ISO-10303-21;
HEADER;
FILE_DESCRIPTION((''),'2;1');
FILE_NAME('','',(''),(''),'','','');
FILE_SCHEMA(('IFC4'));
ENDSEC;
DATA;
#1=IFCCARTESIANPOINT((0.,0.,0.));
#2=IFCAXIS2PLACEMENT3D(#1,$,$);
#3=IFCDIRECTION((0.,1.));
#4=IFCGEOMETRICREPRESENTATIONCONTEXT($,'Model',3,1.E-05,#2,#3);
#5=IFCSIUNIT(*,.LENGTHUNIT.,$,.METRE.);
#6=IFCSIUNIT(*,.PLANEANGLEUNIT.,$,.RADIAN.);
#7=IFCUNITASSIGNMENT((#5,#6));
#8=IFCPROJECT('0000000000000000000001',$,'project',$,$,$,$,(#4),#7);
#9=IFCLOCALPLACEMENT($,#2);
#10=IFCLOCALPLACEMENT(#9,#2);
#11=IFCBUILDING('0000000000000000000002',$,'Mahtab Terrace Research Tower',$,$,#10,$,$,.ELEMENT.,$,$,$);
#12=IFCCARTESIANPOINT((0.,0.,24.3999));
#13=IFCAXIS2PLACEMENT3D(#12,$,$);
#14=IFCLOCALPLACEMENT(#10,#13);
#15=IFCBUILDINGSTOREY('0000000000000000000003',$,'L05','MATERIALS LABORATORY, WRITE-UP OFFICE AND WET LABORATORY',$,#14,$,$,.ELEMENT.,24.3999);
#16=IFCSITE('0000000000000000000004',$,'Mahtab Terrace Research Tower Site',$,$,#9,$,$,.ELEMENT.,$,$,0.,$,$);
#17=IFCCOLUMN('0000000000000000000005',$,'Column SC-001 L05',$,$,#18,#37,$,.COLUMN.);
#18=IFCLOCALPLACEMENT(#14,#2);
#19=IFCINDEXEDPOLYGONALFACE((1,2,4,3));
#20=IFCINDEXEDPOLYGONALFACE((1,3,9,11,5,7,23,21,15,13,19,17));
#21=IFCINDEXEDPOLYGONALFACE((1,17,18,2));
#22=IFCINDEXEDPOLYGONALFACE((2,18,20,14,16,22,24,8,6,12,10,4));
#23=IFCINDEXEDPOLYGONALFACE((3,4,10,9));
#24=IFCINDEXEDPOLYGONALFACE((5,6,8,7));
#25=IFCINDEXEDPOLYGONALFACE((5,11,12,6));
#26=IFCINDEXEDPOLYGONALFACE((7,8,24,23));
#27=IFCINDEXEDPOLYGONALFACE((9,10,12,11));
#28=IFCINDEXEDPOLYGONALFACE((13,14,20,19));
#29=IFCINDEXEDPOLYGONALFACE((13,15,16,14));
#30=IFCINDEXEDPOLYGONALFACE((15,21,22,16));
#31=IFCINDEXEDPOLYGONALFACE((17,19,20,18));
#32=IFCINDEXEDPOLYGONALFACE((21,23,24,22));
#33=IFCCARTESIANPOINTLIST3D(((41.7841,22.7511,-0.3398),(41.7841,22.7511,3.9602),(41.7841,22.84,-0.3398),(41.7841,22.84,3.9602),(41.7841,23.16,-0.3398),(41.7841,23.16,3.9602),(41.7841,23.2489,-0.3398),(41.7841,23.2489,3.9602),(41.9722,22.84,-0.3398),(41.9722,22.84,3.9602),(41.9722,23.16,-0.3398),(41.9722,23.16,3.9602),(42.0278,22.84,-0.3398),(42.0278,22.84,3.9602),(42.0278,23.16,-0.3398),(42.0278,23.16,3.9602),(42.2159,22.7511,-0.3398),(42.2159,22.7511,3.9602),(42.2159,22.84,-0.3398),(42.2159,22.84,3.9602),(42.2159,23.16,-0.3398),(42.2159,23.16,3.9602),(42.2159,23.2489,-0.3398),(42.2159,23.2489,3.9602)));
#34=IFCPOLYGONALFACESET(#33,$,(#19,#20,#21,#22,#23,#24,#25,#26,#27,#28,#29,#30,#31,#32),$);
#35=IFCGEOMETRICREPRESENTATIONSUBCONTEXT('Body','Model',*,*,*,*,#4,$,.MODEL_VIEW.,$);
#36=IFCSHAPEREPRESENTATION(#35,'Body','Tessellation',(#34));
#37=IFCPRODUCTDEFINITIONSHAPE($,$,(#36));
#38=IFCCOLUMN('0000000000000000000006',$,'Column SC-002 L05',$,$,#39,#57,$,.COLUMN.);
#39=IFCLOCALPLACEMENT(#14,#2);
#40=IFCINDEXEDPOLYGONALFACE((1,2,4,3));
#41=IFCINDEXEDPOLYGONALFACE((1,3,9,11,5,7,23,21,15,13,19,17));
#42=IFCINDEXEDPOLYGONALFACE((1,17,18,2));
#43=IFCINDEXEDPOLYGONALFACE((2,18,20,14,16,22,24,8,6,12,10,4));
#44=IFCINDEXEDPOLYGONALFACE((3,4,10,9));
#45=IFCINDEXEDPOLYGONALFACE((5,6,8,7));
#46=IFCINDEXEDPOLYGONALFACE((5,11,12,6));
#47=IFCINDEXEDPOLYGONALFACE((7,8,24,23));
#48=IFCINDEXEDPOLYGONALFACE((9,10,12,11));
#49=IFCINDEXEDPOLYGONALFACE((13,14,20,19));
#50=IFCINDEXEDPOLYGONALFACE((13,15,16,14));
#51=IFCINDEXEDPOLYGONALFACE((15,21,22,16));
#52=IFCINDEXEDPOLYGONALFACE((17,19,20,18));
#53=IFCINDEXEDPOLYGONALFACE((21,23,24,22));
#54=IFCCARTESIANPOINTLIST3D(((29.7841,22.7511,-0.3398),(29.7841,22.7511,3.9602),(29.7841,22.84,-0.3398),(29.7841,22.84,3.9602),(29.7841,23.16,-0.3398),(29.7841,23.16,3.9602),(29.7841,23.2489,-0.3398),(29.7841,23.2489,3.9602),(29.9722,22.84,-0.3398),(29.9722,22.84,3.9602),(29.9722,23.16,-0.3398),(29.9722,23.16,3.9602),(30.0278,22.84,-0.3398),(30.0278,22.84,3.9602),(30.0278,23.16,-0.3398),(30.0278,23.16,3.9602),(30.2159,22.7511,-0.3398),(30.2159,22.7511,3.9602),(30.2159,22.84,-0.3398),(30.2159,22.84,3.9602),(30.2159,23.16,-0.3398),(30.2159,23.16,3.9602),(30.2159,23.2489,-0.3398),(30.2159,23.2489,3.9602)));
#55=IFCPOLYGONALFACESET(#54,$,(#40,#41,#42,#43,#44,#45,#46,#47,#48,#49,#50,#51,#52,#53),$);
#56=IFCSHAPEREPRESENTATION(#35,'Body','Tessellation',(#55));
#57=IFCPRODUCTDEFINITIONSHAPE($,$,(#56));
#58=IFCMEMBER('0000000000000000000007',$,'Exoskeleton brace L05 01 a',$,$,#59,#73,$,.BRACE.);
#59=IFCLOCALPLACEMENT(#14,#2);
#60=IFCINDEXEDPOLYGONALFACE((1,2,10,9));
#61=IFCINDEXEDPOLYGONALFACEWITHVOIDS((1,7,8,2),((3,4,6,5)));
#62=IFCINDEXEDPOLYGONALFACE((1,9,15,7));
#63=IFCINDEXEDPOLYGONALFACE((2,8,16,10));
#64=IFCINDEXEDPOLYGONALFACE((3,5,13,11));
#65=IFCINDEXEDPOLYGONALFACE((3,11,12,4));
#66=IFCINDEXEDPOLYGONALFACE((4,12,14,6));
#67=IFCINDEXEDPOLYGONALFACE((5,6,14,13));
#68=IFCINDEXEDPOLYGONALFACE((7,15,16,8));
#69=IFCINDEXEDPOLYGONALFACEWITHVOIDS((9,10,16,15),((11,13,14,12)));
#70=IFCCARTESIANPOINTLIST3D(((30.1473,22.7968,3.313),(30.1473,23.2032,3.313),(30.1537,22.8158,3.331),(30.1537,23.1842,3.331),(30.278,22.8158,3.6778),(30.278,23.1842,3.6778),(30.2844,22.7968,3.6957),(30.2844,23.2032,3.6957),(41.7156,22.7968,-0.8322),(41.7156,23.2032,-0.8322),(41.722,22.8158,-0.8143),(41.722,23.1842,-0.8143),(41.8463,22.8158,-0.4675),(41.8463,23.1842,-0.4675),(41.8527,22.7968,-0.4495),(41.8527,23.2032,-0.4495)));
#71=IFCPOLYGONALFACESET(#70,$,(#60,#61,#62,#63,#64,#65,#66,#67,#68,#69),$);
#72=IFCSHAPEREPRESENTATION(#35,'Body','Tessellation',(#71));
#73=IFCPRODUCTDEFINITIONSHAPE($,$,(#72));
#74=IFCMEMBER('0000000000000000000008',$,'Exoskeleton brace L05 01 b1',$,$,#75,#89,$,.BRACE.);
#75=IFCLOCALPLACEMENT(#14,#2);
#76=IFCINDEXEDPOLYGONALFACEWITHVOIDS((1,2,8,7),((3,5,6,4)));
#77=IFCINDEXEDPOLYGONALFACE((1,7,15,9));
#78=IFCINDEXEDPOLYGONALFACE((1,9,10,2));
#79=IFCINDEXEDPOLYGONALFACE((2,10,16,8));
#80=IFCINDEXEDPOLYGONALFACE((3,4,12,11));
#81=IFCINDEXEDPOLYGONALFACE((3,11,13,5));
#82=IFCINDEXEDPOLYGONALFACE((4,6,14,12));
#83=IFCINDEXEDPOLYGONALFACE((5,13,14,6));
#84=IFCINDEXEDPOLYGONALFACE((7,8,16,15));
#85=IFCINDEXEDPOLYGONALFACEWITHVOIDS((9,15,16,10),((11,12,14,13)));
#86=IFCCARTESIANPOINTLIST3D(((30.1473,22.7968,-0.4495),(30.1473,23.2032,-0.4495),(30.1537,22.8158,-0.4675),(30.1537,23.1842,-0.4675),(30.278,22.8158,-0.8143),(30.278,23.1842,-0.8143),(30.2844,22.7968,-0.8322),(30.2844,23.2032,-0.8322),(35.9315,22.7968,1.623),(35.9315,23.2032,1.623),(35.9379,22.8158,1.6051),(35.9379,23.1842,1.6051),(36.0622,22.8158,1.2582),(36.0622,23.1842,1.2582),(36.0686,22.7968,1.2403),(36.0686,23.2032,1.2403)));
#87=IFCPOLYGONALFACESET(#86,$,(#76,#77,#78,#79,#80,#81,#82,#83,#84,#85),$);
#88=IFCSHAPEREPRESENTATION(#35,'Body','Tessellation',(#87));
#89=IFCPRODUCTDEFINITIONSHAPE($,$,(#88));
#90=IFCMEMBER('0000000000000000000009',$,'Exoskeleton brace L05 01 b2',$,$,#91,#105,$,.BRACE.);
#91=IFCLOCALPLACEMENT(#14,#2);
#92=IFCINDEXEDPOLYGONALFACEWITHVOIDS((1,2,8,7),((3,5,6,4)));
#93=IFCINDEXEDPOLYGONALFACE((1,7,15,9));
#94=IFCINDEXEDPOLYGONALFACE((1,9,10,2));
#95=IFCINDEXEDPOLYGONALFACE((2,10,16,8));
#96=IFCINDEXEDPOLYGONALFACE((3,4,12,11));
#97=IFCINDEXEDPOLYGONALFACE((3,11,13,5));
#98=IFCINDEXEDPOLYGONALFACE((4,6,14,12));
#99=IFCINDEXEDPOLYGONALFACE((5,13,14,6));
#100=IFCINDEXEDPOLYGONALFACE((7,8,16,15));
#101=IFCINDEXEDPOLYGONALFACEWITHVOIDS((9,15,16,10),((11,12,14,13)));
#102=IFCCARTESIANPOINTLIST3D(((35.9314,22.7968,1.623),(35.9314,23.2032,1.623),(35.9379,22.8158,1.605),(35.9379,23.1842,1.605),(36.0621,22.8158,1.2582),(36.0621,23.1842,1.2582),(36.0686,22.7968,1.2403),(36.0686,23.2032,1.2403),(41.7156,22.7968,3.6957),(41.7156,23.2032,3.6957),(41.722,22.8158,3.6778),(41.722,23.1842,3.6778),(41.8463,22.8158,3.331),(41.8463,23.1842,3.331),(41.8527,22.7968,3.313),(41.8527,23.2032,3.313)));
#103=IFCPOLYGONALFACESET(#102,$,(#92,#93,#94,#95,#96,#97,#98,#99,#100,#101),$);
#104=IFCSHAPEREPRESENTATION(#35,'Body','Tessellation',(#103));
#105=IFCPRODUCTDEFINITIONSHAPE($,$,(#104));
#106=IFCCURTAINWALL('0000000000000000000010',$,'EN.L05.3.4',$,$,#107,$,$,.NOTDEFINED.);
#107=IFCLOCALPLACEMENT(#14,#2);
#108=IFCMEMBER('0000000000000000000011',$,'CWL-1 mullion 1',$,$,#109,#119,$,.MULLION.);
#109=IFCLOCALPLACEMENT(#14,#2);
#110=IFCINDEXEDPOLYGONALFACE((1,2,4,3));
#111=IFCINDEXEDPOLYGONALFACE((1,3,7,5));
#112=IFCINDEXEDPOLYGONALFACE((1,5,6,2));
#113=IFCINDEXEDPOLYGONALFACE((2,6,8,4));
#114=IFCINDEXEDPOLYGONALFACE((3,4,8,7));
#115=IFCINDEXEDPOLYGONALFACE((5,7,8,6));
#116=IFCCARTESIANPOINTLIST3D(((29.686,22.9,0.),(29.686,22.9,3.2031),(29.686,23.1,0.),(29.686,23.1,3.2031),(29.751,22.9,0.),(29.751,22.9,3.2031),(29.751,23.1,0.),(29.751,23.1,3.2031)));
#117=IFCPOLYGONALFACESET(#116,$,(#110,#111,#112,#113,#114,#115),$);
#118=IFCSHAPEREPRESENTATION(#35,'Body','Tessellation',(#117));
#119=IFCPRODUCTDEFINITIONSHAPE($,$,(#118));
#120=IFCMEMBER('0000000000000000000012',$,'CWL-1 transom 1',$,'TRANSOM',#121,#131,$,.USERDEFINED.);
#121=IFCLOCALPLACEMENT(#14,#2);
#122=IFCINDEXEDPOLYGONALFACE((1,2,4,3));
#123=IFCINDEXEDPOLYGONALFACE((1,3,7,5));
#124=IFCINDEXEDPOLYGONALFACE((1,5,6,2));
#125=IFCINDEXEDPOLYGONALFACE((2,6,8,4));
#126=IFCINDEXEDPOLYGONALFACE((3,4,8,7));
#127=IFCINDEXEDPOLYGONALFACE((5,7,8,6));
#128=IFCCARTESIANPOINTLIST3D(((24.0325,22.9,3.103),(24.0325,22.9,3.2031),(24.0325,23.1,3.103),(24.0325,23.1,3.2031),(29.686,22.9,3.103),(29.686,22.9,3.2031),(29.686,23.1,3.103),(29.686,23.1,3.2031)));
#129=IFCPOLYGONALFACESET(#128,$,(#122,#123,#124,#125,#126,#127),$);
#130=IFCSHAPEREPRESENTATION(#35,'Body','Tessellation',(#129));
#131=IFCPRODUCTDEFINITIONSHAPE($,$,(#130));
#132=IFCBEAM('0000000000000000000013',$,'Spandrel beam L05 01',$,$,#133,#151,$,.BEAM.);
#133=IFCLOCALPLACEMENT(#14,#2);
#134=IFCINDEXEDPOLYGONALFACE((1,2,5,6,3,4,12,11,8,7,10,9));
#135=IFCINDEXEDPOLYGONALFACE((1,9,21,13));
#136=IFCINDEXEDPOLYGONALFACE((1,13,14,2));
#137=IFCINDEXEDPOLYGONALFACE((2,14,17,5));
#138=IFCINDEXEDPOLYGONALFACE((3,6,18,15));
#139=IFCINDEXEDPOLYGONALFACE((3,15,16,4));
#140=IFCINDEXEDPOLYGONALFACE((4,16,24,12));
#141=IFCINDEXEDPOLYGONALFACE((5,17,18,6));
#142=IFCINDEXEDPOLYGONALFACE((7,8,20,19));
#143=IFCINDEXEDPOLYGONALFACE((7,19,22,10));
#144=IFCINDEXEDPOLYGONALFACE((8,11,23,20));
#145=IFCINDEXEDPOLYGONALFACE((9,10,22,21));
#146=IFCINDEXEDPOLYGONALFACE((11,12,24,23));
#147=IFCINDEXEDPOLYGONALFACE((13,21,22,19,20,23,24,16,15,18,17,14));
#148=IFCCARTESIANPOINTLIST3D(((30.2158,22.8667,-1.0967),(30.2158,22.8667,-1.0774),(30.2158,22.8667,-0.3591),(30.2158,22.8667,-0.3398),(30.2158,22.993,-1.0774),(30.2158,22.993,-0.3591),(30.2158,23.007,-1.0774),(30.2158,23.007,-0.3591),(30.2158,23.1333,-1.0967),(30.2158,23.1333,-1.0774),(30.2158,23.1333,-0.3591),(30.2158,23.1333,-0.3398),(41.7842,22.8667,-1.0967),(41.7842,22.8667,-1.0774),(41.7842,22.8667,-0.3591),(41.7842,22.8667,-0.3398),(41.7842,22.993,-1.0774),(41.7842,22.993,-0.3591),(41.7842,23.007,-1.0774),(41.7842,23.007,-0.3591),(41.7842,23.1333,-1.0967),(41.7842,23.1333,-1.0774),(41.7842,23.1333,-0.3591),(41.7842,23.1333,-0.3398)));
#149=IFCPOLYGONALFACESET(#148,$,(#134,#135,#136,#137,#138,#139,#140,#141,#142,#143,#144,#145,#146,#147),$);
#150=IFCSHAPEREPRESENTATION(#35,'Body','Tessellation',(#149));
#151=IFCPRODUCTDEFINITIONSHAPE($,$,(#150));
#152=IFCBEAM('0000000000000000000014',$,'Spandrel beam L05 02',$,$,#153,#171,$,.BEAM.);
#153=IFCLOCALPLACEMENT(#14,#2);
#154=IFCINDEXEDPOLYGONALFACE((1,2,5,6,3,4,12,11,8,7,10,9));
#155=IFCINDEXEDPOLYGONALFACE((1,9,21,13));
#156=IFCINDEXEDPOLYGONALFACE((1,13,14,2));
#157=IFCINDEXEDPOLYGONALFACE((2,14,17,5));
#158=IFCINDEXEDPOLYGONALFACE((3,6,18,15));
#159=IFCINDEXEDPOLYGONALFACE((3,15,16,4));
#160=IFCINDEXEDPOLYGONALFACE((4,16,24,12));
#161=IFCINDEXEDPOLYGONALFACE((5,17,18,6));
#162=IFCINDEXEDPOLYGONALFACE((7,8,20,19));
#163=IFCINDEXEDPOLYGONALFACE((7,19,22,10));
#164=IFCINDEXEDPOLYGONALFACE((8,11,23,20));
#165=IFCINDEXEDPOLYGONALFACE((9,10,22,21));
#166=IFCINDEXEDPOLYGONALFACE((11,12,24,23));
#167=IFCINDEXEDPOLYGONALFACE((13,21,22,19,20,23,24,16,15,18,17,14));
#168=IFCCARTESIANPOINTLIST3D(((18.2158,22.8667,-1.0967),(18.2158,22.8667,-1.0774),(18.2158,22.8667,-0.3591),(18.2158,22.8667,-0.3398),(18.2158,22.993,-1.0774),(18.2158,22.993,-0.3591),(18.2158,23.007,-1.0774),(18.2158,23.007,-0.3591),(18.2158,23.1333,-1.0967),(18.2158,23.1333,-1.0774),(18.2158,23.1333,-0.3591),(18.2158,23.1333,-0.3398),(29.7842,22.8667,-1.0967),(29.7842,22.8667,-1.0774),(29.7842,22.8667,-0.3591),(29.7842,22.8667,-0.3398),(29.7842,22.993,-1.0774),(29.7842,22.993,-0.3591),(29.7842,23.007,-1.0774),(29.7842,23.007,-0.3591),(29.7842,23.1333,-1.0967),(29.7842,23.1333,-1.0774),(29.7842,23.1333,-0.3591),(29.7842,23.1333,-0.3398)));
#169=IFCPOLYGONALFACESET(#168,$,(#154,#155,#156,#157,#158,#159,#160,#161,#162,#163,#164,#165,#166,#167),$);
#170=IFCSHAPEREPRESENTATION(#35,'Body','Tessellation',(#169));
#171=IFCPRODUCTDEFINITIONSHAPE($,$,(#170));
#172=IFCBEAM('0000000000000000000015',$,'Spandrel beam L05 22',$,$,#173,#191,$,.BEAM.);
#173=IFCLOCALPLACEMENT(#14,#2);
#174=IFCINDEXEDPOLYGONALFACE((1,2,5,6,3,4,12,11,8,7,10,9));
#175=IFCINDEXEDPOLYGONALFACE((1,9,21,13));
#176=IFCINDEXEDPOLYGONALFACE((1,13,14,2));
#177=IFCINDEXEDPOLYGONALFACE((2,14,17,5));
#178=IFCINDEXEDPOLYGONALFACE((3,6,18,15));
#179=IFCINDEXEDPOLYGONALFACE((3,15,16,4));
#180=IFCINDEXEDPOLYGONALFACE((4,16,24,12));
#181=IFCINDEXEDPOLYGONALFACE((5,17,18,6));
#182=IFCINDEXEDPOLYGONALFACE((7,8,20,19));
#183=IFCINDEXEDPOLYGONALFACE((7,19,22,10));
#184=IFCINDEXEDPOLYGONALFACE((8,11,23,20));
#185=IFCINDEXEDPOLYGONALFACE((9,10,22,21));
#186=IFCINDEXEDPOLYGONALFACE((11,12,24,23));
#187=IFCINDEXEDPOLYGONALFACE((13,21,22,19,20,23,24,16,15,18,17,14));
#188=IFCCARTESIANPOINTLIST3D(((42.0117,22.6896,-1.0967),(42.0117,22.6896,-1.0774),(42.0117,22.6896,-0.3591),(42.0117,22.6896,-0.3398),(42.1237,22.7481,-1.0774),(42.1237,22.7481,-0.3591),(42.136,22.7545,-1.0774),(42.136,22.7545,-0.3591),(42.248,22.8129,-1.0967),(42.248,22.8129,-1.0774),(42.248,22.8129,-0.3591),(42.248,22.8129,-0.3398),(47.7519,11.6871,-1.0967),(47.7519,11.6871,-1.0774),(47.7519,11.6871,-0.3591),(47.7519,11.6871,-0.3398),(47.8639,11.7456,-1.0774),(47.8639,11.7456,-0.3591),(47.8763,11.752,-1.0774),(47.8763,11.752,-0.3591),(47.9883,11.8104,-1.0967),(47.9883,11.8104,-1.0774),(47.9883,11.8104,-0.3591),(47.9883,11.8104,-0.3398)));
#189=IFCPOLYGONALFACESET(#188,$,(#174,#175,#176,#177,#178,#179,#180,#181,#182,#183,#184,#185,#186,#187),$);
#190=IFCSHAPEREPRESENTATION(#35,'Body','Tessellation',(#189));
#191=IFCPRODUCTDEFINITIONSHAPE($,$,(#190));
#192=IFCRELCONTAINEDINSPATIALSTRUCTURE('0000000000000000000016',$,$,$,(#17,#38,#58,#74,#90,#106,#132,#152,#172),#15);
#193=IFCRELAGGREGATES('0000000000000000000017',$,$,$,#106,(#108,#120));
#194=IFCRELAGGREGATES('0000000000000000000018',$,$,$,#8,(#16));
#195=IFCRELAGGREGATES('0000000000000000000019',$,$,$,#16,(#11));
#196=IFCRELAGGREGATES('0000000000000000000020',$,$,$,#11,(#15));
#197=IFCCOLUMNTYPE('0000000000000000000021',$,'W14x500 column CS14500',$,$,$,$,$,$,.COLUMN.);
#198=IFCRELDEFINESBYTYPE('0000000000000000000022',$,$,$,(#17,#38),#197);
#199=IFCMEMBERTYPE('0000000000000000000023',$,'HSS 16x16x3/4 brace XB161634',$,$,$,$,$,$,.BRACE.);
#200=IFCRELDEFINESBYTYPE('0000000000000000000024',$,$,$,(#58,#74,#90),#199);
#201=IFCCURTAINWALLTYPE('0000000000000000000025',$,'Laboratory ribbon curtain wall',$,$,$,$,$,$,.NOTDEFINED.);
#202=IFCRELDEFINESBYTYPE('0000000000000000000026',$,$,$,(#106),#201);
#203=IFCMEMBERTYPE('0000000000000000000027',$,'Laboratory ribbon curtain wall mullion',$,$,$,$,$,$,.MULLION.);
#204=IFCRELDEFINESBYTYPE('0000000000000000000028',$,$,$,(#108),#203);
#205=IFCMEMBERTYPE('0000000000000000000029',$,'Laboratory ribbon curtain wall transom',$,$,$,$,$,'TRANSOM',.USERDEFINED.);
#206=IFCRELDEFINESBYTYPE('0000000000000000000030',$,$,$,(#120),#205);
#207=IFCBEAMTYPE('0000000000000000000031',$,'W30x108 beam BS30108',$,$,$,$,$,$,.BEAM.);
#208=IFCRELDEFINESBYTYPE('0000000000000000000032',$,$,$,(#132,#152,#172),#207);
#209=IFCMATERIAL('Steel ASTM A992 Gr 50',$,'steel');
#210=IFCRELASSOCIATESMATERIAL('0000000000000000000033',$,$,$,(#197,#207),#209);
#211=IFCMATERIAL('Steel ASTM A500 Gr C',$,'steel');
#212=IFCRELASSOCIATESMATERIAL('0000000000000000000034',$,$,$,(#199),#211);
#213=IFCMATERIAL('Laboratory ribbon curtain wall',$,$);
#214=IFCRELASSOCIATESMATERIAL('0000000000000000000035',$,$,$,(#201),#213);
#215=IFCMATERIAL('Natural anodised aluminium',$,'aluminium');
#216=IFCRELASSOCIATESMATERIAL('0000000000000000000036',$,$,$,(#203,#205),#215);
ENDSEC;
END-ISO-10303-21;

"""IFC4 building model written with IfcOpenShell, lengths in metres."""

from ifc_helpers import new_model, si_unit, direction, frame, origin, origin_2d, place, context, subcontext, project, spatial, rectangle, hollow_rectangle, i_section, extrude, material, material_profile, profile_set, type_object, element, aggregate, save


model = new_model("IFC4")

# Units and contexts
model_context = context("Model", 3, precision=1e-05, world=origin(), true_north=direction((0.0, 1.0)))
body_context = subcontext(model_context, "Body", "Model", "MODEL_VIEW")
ifc_project = project(units=[si_unit("LENGTHUNIT", "METRE"), si_unit("PLANEANGLEUNIT", "RADIAN")], contexts=[model_context])

# Site, building, storey
site_placement = place(None, origin())
site = spatial("IfcSite", under=ifc_project, at=site_placement, Name="Mahtab Terrace Research Tower Site", CompositionType="ELEMENT", RefElevation=0.0)
building_placement = place(site_placement, origin())
building = spatial("IfcBuilding", under=site, at=building_placement, Name="Mahtab Terrace Research Tower", CompositionType="ELEMENT")
storey_placement = place(building_placement, frame((0.0, 0.0, 24.3999)))
storey = spatial("IfcBuildingStorey", under=building, at=storey_placement, Name="L05", Description="MATERIALS LABORATORY, WRITE-UP OFFICE AND WET LABORATORY", CompositionType="ELEMENT", Elevation=24.3999)

# Columns
ifc_material_1 = material(Name="Steel ASTM A992 Gr 50", Category="steel")
ifc_material_profile_1 = material_profile(ifc_material_1, i_section(OverallWidth=0.4319, OverallDepth=0.4978, WebThickness=0.0557, FlangeThickness=0.0889, at=origin_2d()), Name="W14X500")
ifc_profile_set_1 = profile_set([ifc_material_profile_1], Name="Steel ASTM A992 Gr 50")
column_type = type_object("IfcColumnType", Name="W14x500 column CS14500", PredefinedType="COLUMN", material=ifc_profile_set_1)
for number, where, z_axis, x_axis, name in (
    (1, (42.0, 23.0, -0.3398), (0.0, 0.0, 1.0), (1.0, 0.0, 0.0), "Column SC-001 L05"),
    (2, (30.0, 23.0, -0.3398), (0.0, 0.0, 1.0), (1.0, 0.0, 0.0), "Column SC-002 L05"),
):
    element("IfcColumn", number, at=place(storey_placement, frame(where, z_axis=z_axis, x_axis=x_axis)), inside=storey, type_object=column_type, Name=name, PredefinedType="COLUMN", context=body_context, shape_type="SweptSolid", body=[
        extrude(i_section(OverallWidth=0.4319, OverallDepth=0.4978, WebThickness=0.0557, FlangeThickness=0.0889, at=origin_2d()), origin(), (0.0, 0.0, 1.0), 4.3),
    ])

# Members
ifc_material_2 = material(Name="Steel ASTM A500 Gr C", Category="steel")
ifc_material_profile_2 = material_profile(ifc_material_2, hollow_rectangle(XDim=0.4065, YDim=0.4065, WallThickness=0.019, at=origin_2d()), Name="HSS16X16X3/4")
ifc_profile_set_2 = profile_set([ifc_material_profile_2], Name="Steel ASTM A500 Gr C")
member_type_1 = type_object("IfcMemberType", Name="HSS 16x16x3/4 brace XB161634", PredefinedType="BRACE", material=ifc_profile_set_2)
member_1_placement = place(storey_placement, frame((41.7842, 23.0, -0.6409), z_axis=(-0.941388, 0.0, 0.337325), x_axis=(0.0, -1.0, 0.0)))
element("IfcMember", 3, at=member_1_placement, inside=storey, type_object=member_type_1, Name="Exoskeleton brace L05 01 a", PredefinedType="BRACE", context=body_context, shape_type="SweptSolid", body=[
    extrude(hollow_rectangle(XDim=0.4065, YDim=0.4065, WallThickness=0.019, at=origin_2d()), origin(), (0.0, 0.0, 1.0), 12.2886),
])
for number, where, z_axis, x_axis, name in (
    (4, (30.2158, 23.0, -0.6409), (0.941394, 0.0, 0.337308), (0.0, 1.0, 0.0), "Exoskeleton brace L05 01 b1"),
    (5, (36.0, 23.0, 1.4316), (0.941382, 0.0, 0.337343), (0.0, 1.0, 0.0), "Exoskeleton brace L05 01 b2"),
):
    element("IfcMember", number, at=place(storey_placement, frame(where, z_axis=z_axis, x_axis=x_axis)), inside=storey, type_object=member_type_1, Name=name, PredefinedType="BRACE", context=body_context, shape_type="SweptSolid", body=[
        extrude(hollow_rectangle(XDim=0.4065, YDim=0.4065, WallThickness=0.019, at=origin_2d()), origin(), (0.0, 0.0, 1.0), 6.1443),
    ])

# Curtain wall, members
ifc_material_3 = material(Name="Laboratory ribbon curtain wall")
curtain_wall_type = type_object("IfcCurtainWallType", Name="Laboratory ribbon curtain wall", PredefinedType="NOTDEFINED", material=ifc_material_3)
curtain_wall_placement = place(storey_placement, origin())
curtain_wall = element("IfcCurtainWall", 6, at=curtain_wall_placement, inside=storey, type_object=curtain_wall_type, Name="EN.L05.3.4", PredefinedType="NOTDEFINED")
ifc_material_4 = material(Name="Natural anodised aluminium", Category="aluminium")
ifc_material_profile_3 = material_profile(ifc_material_4, rectangle(XDim=0.2, YDim=0.0649, at=origin_2d()), Name="MULLION 65x200")
ifc_profile_set_3 = profile_set([ifc_material_profile_3], Name="Natural anodised aluminium")
member_type_2 = type_object("IfcMemberType", Name="Laboratory ribbon curtain wall mullion", PredefinedType="MULLION", material=ifc_profile_set_3)
member_2_placement = place(storey_placement, frame((29.7185, 23.0, 0.0), z_axis=(0.0, 0.0, 1.0), x_axis=(0.0, -1.0, 0.0)))
member_2 = element("IfcMember", 7, at=member_2_placement, type_object=member_type_2, Name="CWL-1 mullion 1", PredefinedType="MULLION", context=body_context, shape_type="SweptSolid", body=[
    extrude(rectangle(XDim=0.2, YDim=0.0649, at=origin_2d()), origin(), (0.0, 0.0, 1.0), 3.2031),
])
ifc_material_profile_4 = material_profile(ifc_material_4, rectangle(XDim=0.2, YDim=0.1001, at=origin_2d()), Name="TRANSOM 100x200")
ifc_profile_set_4 = profile_set([ifc_material_profile_4], Name="Natural anodised aluminium")
member_type_3 = type_object("IfcMemberType", Name="Laboratory ribbon curtain wall transom", ElementType="TRANSOM", PredefinedType="USERDEFINED", material=ifc_profile_set_4)
member_3_placement = place(storey_placement, frame((29.686, 23.0, 3.1531), z_axis=(-1.0, 0.0, 0.0), x_axis=(0.0, -1.0, 0.0)))
member_3 = element("IfcMember", 8, at=member_3_placement, type_object=member_type_3, Name="CWL-1 transom 1", ObjectType="TRANSOM", PredefinedType="USERDEFINED", context=body_context, shape_type="SweptSolid", body=[
    extrude(rectangle(XDim=0.2, YDim=0.1001, at=origin_2d()), origin(), (0.0, 0.0, 1.0), 5.6536),
])

# Beams
ifc_material_profile_5 = material_profile(ifc_material_1, i_section(OverallWidth=0.2666, OverallDepth=0.7568, WebThickness=0.0139, FlangeThickness=0.0193, at=origin_2d()), Name="W30X108")
ifc_profile_set_5 = profile_set([ifc_material_profile_5], Name="Steel ASTM A992 Gr 50")
beam_type = type_object("IfcBeamType", Name="W30x108 beam BS30108", PredefinedType="BEAM", material=ifc_profile_set_5)
for number, where, z_axis, x_axis, name in (
    (9, (41.7842, 23.0, -0.7183), (-1.0, 0.0, 0.0), (0.0, -1.0, 0.0), "Spandrel beam L05 01"),
    (10, (29.7842, 23.0, -0.7183), (-1.0, 0.0, 0.0), (0.0, -1.0, 0.0), "Spandrel beam L05 02"),
):
    element("IfcBeam", number, at=place(storey_placement, frame(where, z_axis=z_axis, x_axis=x_axis)), inside=storey, type_object=beam_type, Name=name, PredefinedType="BEAM", context=body_context, shape_type="SweptSolid", body=[
        extrude(i_section(OverallWidth=0.2666, OverallDepth=0.7568, WebThickness=0.0139, FlangeThickness=0.0193, at=origin_2d()), origin(), (0.0, 0.0, 1.0), 11.5684),
    ])
beam_placement = place(storey_placement, frame((47.8701, 11.7488, -0.7183), z_axis=(-0.462555, 0.88659, 0.0), x_axis=(-0.88659, -0.462555, 0.0)))
element("IfcBeam", 11, at=beam_placement, inside=storey, type_object=beam_type, Name="Spandrel beam L05 22", PredefinedType="BEAM", context=body_context, shape_type="SweptSolid", body=[
    extrude(i_section(OverallWidth=0.2666, OverallDepth=0.7568, WebThickness=0.0139, FlangeThickness=0.0193, at=origin_2d()), origin(), (0.0, 0.0, 1.0), 12.4099),
])

aggregate(curtain_wall, [member_2, member_3])

save(model, "model.ifc")
